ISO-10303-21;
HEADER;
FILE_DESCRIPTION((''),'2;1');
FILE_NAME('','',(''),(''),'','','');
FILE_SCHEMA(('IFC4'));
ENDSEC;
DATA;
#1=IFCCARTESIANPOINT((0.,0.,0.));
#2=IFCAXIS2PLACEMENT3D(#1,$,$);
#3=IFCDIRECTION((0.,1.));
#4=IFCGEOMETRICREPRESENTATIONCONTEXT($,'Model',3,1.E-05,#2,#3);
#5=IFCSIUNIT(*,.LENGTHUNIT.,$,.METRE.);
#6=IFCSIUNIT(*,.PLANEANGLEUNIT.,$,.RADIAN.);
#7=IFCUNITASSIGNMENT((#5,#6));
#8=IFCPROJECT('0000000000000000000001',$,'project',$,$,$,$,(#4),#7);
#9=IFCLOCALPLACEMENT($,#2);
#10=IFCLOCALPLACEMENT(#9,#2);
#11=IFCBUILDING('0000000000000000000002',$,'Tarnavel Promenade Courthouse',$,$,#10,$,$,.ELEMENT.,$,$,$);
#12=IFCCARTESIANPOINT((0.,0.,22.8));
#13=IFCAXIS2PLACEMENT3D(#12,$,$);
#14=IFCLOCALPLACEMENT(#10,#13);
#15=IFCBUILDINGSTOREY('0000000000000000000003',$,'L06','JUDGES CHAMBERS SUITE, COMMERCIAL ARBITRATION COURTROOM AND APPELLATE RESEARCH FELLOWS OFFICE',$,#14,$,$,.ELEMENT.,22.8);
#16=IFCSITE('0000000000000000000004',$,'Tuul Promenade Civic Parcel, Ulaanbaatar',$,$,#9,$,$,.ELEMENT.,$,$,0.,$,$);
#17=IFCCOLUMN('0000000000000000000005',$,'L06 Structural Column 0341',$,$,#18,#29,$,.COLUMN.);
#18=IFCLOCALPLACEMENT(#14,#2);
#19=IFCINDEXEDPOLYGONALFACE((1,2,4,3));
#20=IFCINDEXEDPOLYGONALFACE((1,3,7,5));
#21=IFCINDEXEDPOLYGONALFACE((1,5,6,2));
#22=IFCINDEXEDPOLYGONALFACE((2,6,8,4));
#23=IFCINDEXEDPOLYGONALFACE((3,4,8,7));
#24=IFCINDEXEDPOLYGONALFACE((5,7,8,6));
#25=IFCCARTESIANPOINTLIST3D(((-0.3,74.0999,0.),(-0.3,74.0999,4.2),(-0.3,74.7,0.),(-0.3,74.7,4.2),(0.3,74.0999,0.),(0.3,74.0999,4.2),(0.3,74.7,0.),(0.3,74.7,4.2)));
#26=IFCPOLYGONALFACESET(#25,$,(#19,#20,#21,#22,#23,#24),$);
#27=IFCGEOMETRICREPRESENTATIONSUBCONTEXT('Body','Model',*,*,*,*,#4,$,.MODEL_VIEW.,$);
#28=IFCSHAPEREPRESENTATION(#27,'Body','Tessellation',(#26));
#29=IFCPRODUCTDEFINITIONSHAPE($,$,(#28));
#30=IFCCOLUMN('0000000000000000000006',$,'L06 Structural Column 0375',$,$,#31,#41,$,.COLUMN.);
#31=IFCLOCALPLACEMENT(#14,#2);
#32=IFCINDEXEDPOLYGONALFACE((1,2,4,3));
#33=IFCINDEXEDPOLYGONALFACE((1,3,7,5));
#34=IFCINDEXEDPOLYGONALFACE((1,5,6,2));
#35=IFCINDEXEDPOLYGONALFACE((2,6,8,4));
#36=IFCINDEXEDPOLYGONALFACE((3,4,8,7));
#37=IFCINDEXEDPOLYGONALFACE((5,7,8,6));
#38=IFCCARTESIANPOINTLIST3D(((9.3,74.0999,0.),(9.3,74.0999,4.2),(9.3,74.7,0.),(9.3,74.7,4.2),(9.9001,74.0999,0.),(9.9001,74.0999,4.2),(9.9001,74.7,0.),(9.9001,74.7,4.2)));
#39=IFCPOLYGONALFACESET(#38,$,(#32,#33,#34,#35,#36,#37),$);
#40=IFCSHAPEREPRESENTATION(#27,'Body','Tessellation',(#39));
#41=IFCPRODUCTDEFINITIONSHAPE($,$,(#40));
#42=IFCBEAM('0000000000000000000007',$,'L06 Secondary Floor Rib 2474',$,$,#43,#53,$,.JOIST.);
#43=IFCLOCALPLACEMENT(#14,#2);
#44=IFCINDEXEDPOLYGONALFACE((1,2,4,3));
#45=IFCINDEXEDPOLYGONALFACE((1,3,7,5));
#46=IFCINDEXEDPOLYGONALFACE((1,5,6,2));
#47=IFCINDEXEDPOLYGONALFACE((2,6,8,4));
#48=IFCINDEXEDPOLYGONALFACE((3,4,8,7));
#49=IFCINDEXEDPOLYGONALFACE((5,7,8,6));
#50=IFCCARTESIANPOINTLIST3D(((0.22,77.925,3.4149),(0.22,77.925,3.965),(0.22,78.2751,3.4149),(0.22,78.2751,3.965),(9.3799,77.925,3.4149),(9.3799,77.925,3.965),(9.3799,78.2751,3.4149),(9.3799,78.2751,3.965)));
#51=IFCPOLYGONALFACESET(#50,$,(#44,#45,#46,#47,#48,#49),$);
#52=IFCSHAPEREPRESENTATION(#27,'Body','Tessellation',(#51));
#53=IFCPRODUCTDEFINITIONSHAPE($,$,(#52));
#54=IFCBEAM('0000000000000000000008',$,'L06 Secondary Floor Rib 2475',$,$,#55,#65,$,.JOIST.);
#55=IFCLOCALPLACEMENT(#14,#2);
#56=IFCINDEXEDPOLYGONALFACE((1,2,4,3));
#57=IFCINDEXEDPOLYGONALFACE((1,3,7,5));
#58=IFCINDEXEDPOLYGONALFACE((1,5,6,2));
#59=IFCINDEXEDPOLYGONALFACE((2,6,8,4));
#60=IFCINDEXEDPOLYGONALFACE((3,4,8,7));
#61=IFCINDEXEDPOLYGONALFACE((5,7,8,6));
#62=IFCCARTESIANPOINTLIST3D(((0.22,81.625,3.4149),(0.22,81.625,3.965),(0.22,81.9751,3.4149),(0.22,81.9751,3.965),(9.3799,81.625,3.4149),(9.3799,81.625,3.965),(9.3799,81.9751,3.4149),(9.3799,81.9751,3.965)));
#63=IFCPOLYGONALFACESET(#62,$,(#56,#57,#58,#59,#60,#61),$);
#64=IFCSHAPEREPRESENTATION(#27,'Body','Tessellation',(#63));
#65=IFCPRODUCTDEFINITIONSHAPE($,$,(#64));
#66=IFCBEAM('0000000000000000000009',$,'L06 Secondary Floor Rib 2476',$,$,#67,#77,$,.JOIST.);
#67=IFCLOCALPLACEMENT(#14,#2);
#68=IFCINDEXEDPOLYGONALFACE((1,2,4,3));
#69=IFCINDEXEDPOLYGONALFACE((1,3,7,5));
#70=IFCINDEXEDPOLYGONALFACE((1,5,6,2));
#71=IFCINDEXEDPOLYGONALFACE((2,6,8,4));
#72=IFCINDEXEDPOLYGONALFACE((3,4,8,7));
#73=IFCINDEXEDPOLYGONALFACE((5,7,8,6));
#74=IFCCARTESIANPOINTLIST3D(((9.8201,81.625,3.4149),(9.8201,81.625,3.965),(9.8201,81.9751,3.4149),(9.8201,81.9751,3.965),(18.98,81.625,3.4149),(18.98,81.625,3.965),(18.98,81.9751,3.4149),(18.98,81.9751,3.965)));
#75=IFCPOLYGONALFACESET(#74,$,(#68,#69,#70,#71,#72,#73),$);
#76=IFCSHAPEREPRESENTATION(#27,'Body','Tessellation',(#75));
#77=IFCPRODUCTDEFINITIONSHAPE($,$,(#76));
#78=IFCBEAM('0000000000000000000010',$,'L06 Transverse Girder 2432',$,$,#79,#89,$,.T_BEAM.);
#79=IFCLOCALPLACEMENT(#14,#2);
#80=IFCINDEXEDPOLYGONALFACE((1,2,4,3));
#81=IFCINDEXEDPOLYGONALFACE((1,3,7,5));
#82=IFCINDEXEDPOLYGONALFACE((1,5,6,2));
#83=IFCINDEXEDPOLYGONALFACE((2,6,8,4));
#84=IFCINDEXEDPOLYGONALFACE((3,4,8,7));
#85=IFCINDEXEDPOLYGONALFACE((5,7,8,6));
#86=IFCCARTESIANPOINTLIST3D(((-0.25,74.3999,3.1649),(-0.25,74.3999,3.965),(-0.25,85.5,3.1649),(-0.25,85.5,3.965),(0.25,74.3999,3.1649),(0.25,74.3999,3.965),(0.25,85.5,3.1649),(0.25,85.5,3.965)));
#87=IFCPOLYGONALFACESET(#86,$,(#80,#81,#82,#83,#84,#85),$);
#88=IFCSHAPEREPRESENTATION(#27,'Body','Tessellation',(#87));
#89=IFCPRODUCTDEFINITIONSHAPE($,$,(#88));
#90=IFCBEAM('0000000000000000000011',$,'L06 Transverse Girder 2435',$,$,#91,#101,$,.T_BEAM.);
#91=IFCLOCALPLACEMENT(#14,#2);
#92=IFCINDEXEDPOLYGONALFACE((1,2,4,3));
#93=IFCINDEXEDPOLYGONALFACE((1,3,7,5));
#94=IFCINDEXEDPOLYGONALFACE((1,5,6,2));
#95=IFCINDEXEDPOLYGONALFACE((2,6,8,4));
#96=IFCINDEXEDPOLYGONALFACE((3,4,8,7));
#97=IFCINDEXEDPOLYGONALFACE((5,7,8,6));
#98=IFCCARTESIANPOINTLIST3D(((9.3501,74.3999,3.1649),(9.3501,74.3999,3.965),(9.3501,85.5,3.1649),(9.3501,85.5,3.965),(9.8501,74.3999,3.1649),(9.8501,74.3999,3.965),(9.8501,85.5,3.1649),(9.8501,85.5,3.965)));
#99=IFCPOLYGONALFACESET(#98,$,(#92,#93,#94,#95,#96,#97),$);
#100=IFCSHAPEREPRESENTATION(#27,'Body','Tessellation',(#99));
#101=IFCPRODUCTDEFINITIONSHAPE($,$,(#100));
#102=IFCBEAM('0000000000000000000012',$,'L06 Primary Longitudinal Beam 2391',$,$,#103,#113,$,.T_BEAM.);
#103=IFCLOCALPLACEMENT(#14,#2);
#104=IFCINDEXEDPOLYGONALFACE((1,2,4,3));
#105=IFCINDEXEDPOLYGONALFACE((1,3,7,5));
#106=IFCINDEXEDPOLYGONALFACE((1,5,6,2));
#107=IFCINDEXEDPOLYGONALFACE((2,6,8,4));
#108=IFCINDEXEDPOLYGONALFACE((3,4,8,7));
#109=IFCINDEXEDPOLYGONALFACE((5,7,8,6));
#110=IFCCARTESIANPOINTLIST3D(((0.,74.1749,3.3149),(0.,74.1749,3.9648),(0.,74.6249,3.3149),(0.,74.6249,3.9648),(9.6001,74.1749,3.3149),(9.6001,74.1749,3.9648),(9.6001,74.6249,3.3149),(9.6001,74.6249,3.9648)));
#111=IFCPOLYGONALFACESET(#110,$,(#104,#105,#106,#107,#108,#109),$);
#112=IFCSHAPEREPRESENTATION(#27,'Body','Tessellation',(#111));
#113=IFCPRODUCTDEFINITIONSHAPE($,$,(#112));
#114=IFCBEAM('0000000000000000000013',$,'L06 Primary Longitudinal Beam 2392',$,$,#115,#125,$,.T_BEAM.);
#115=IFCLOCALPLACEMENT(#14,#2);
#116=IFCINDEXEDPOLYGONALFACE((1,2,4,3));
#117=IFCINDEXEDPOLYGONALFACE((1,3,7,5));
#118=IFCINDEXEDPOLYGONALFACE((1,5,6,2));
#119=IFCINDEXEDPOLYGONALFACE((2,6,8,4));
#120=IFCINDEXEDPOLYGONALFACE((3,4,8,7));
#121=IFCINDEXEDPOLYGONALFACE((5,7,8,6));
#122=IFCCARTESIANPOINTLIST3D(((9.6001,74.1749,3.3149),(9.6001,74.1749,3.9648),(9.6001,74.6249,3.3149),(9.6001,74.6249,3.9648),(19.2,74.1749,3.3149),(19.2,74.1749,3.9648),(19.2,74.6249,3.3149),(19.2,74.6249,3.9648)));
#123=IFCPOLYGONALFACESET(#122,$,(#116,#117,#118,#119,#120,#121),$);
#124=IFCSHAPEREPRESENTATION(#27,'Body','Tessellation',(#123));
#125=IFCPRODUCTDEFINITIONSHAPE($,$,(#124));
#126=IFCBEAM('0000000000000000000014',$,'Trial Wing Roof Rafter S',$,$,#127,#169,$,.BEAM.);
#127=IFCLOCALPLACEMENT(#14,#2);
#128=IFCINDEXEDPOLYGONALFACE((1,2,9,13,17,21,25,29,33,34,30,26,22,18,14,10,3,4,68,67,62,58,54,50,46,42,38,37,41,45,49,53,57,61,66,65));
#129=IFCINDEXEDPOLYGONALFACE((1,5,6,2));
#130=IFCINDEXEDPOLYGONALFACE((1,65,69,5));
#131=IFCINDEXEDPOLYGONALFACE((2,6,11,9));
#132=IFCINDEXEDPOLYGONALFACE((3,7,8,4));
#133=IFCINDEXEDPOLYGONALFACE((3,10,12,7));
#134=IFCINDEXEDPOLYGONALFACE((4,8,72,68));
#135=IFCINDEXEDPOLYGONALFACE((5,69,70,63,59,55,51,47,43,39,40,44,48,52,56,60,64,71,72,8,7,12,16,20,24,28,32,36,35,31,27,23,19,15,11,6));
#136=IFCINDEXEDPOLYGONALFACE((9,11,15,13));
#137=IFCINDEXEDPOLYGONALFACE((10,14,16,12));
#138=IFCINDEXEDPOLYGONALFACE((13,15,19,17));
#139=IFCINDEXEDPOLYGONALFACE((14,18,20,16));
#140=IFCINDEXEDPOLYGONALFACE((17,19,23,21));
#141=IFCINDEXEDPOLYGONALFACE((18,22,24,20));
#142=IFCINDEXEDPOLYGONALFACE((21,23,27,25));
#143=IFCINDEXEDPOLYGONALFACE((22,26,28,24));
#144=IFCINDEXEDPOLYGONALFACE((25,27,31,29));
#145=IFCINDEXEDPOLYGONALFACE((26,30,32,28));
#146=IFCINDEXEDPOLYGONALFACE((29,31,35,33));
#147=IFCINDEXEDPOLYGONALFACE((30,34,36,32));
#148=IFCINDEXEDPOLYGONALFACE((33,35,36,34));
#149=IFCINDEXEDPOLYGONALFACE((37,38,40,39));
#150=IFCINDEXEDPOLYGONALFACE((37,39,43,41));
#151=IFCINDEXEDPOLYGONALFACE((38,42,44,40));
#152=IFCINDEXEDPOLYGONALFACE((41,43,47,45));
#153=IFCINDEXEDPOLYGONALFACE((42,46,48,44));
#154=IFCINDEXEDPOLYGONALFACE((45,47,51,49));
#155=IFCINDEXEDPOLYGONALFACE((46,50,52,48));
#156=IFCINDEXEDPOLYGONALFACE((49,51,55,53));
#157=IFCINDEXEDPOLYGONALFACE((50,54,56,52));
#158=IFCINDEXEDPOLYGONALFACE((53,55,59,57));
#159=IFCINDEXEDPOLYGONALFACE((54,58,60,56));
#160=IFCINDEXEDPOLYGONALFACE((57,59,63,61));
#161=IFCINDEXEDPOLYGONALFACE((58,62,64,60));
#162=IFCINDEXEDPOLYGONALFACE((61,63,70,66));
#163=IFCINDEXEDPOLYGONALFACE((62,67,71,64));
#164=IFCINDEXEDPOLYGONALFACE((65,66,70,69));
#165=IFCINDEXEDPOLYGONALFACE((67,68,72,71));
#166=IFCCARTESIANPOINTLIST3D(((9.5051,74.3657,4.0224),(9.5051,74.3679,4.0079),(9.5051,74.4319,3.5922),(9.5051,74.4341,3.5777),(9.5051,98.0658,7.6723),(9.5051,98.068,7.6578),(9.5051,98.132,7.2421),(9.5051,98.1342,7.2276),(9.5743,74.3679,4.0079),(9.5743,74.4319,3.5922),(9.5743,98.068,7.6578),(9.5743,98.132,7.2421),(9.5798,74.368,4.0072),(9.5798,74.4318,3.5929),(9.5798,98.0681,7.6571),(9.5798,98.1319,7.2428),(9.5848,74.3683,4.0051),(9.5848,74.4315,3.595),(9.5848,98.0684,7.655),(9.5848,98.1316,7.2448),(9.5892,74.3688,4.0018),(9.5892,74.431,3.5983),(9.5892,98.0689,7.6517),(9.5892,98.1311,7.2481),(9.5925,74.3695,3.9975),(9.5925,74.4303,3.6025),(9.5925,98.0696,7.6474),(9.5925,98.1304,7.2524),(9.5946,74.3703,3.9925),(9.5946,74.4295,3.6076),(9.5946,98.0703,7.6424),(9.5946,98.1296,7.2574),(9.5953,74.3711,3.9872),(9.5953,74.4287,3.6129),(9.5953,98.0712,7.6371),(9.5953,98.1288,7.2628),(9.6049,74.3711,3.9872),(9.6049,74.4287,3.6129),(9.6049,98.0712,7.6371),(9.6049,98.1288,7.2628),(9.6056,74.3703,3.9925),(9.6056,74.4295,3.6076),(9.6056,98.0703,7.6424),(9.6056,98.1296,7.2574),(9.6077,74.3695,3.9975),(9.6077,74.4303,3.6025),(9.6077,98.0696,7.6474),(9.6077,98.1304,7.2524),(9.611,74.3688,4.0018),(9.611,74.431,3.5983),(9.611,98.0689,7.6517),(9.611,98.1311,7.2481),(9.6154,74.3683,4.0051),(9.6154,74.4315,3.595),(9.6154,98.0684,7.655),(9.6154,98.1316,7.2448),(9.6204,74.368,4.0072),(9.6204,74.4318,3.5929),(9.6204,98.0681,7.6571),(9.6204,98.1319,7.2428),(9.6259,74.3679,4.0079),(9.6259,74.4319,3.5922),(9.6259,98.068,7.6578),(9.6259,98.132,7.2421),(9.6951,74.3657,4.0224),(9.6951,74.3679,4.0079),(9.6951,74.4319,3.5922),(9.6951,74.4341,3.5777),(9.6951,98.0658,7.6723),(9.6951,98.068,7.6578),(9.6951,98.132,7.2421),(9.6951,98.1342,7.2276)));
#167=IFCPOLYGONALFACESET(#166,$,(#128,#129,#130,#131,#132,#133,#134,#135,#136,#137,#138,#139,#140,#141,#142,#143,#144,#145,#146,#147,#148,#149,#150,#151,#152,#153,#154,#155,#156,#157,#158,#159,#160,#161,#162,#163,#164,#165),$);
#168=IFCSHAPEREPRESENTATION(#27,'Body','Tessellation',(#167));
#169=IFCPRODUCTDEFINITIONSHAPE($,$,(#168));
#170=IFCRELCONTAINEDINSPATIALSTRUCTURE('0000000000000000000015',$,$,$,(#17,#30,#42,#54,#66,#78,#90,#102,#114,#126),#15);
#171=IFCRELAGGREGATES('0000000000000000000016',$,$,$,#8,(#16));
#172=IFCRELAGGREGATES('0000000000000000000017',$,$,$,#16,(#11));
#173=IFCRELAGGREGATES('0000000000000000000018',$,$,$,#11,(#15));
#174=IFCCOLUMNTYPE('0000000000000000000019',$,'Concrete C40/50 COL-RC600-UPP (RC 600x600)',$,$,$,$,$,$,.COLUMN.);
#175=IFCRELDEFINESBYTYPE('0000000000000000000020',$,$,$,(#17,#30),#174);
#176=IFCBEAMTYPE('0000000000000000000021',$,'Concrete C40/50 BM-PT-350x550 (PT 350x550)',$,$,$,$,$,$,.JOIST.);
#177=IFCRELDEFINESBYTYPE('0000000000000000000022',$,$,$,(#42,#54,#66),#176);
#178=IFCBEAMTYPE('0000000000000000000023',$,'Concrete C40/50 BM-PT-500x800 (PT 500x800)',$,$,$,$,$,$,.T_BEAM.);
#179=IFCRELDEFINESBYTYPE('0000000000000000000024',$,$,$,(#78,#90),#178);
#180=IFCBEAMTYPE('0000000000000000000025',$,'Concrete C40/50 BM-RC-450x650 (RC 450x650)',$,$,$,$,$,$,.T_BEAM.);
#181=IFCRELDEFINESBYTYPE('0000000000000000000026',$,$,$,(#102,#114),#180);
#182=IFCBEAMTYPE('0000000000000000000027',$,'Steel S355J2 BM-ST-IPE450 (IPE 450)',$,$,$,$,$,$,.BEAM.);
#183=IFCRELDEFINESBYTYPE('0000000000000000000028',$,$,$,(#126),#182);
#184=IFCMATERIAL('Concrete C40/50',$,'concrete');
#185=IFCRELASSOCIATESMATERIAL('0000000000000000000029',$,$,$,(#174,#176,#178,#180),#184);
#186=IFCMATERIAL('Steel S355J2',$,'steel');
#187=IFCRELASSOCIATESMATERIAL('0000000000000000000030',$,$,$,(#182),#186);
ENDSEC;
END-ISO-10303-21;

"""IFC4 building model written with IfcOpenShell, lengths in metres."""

from ifc_helpers import new_model, si_unit, direction, frame, origin, origin_2d, place, context, subcontext, project, spatial, rectangle, i_section, extrude, material, material_profile, profile_set, type_object, element, save


model = new_model("IFC4")

# Units and contexts
model_context = context("Model", 3, precision=1e-05, world=origin(), true_north=direction((0.0, 1.0)))
body_context = subcontext(model_context, "Body", "Model", "MODEL_VIEW")
ifc_project = project(units=[si_unit("LENGTHUNIT", "METRE"), si_unit("PLANEANGLEUNIT", "RADIAN")], contexts=[model_context])

# Site, building, storey
site_placement = place(None, origin())
site = spatial("IfcSite", under=ifc_project, at=site_placement, Name="Tuul Promenade Civic Parcel, Ulaanbaatar", CompositionType="ELEMENT", RefElevation=0.0)
building_placement = place(site_placement, origin())
building = spatial("IfcBuilding", under=site, at=building_placement, Name="Tarnavel Promenade Courthouse", CompositionType="ELEMENT")
storey_placement = place(building_placement, frame((0.0, 0.0, 22.8)))
storey = spatial("IfcBuildingStorey", under=building, at=storey_placement, Name="L06", Description="JUDGES CHAMBERS SUITE, COMMERCIAL ARBITRATION COURTROOM AND APPELLATE RESEARCH FELLOWS OFFICE", CompositionType="ELEMENT", Elevation=22.8)

# Columns
ifc_material_1 = material(Name="Concrete C40/50", Category="concrete")
ifc_material_profile_1 = material_profile(ifc_material_1, rectangle(XDim=0.6001, YDim=0.6001, at=origin_2d()), Name="RC 600x600")
ifc_profile_set_1 = profile_set([ifc_material_profile_1], Name="Concrete C40/50")
column_type = type_object("IfcColumnType", Name="Concrete C40/50 COL-RC600-UPP (RC 600x600)", PredefinedType="COLUMN", material=ifc_profile_set_1)
for number, where, z_axis, x_axis, name in (
    (1, (0.0, 74.3999, 0.0), (0.0, 0.0, 1.0), (1.0, 0.0, 0.0), "L06 Structural Column 0341"),
    (2, (9.6001, 74.3999, 0.0), (0.0, 0.0, 1.0), (1.0, 0.0, 0.0), "L06 Structural Column 0375"),
):
    element("IfcColumn", number, at=place(storey_placement, frame(where, z_axis=z_axis, x_axis=x_axis)), inside=storey, type_object=column_type, Name=name, PredefinedType="COLUMN", context=body_context, shape_type="SweptSolid", body=[
        extrude(rectangle(XDim=0.6001, YDim=0.6001, at=origin_2d()), origin(), (0.0, 0.0, 1.0), 4.2),
    ])

# Beams
ifc_material_profile_2 = material_profile(ifc_material_1, rectangle(XDim=0.3501, YDim=0.55, at=origin_2d()), Name="PT 350x550")
ifc_profile_set_2 = profile_set([ifc_material_profile_2], Name="Concrete C40/50")
beam_type_1 = type_object("IfcBeamType", Name="Concrete C40/50 BM-PT-350x550 (PT 350x550)", PredefinedType="JOIST", material=ifc_profile_set_2)
for number, where, z_axis, x_axis, name in (
    (3, (0.22, 78.1001, 3.6899), (1.0, 0.0, 0.0), (0.0, 1.0, 0.0), "L06 Secondary Floor Rib 2474"),
    (4, (0.22, 81.8, 3.6899), (1.0, 0.0, 0.0), (0.0, 1.0, 0.0), "L06 Secondary Floor Rib 2475"),
    (5, (9.8201, 81.8, 3.6899), (1.0, 0.0, 0.0), (0.0, 1.0, 0.0), "L06 Secondary Floor Rib 2476"),
):
    element("IfcBeam", number, at=place(storey_placement, frame(where, z_axis=z_axis, x_axis=x_axis)), inside=storey, type_object=beam_type_1, Name=name, PredefinedType="JOIST", context=body_context, shape_type="SweptSolid", body=[
        extrude(rectangle(XDim=0.3501, YDim=0.55, at=origin_2d()), origin(), (0.0, 0.0, 1.0), 9.1599),
    ])
ifc_material_profile_3 = material_profile(ifc_material_1, rectangle(XDim=0.5, YDim=0.8, at=origin_2d()), Name="PT 500x800")
ifc_profile_set_3 = profile_set([ifc_material_profile_3], Name="Concrete C40/50")
beam_type_2 = type_object("IfcBeamType", Name="Concrete C40/50 BM-PT-500x800 (PT 500x800)", PredefinedType="T_BEAM", material=ifc_profile_set_3)
for number, where, z_axis, x_axis, name in (
    (6, (0.0, 74.3999, 3.5649), (0.0, 1.0, 0.0), (-1.0, 0.0, 0.0), "L06 Transverse Girder 2432"),
    (7, (9.6001, 74.3999, 3.5649), (0.0, 1.0, 0.0), (-1.0, 0.0, 0.0), "L06 Transverse Girder 2435"),
):
    element("IfcBeam", number, at=place(storey_placement, frame(where, z_axis=z_axis, x_axis=x_axis)), inside=storey, type_object=beam_type_2, Name=name, PredefinedType="T_BEAM", context=body_context, shape_type="SweptSolid", body=[
        extrude(rectangle(XDim=0.5, YDim=0.8, at=origin_2d()), origin(), (0.0, 0.0, 1.0), 11.1001),
    ])
ifc_material_profile_4 = material_profile(ifc_material_1, rectangle(XDim=0.45, YDim=0.6499, at=origin_2d()), Name="RC 450x650")
ifc_profile_set_4 = profile_set([ifc_material_profile_4], Name="Concrete C40/50")
beam_type_3 = type_object("IfcBeamType", Name="Concrete C40/50 BM-RC-450x650 (RC 450x650)", PredefinedType="T_BEAM", material=ifc_profile_set_4)
beam_1_placement = place(storey_placement, frame((0.0, 74.3999, 3.6399), z_axis=(1.0, 0.0, 0.0), x_axis=(0.0, 1.0, 0.0)))
element("IfcBeam", 8, at=beam_1_placement, inside=storey, type_object=beam_type_3, Name="L06 Primary Longitudinal Beam 2391", PredefinedType="T_BEAM", context=body_context, shape_type="SweptSolid", body=[
    extrude(rectangle(XDim=0.45, YDim=0.6499, at=origin_2d()), origin(), (0.0, 0.0, 1.0), 9.6001),
])
beam_2_placement = place(storey_placement, frame((9.6001, 74.3999, 3.6399), z_axis=(1.0, 0.0, 0.0), x_axis=(0.0, 1.0, 0.0)))
element("IfcBeam", 9, at=beam_2_placement, inside=storey, type_object=beam_type_3, Name="L06 Primary Longitudinal Beam 2392", PredefinedType="T_BEAM", context=body_context, shape_type="SweptSolid", body=[
    extrude(rectangle(XDim=0.45, YDim=0.6499, at=origin_2d()), origin(), (0.0, 0.0, 1.0), 9.5999),
])
ifc_material_2 = material(Name="Steel S355J2", Category="steel")
ifc_material_profile_5 = material_profile(ifc_material_2, i_section(OverallWidth=0.1899, OverallDepth=0.45, WebThickness=0.0095, FlangeThickness=0.0146, FilletRadius=0.021, at=origin_2d()), Name="IPE 450")
ifc_profile_set_5 = profile_set([ifc_material_profile_5], Name="Steel S355J2")
beam_type_4 = type_object("IfcBeamType", Name="Steel S355J2 BM-ST-IPE450 (IPE 450)", PredefinedType="BEAM", material=ifc_profile_set_5)
beam_3_placement = place(storey_placement, frame((9.6001, 74.3999, 3.8), z_axis=(0.0, 0.988348, 0.152209), x_axis=(-1.0, 0.0, 0.0)))
element("IfcBeam", 10, at=beam_3_placement, inside=storey, type_object=beam_type_4, Name="Trial Wing Roof Rafter S", PredefinedType="BEAM", context=body_context, shape_type="SweptSolid", body=[
    extrude(i_section(OverallWidth=0.1899, OverallDepth=0.45, WebThickness=0.0095, FlangeThickness=0.0146, FilletRadius=0.021, at=origin_2d()), origin(), (0.0, 0.0, 1.0), 23.9795),
])

save(model, "model.ifc")
